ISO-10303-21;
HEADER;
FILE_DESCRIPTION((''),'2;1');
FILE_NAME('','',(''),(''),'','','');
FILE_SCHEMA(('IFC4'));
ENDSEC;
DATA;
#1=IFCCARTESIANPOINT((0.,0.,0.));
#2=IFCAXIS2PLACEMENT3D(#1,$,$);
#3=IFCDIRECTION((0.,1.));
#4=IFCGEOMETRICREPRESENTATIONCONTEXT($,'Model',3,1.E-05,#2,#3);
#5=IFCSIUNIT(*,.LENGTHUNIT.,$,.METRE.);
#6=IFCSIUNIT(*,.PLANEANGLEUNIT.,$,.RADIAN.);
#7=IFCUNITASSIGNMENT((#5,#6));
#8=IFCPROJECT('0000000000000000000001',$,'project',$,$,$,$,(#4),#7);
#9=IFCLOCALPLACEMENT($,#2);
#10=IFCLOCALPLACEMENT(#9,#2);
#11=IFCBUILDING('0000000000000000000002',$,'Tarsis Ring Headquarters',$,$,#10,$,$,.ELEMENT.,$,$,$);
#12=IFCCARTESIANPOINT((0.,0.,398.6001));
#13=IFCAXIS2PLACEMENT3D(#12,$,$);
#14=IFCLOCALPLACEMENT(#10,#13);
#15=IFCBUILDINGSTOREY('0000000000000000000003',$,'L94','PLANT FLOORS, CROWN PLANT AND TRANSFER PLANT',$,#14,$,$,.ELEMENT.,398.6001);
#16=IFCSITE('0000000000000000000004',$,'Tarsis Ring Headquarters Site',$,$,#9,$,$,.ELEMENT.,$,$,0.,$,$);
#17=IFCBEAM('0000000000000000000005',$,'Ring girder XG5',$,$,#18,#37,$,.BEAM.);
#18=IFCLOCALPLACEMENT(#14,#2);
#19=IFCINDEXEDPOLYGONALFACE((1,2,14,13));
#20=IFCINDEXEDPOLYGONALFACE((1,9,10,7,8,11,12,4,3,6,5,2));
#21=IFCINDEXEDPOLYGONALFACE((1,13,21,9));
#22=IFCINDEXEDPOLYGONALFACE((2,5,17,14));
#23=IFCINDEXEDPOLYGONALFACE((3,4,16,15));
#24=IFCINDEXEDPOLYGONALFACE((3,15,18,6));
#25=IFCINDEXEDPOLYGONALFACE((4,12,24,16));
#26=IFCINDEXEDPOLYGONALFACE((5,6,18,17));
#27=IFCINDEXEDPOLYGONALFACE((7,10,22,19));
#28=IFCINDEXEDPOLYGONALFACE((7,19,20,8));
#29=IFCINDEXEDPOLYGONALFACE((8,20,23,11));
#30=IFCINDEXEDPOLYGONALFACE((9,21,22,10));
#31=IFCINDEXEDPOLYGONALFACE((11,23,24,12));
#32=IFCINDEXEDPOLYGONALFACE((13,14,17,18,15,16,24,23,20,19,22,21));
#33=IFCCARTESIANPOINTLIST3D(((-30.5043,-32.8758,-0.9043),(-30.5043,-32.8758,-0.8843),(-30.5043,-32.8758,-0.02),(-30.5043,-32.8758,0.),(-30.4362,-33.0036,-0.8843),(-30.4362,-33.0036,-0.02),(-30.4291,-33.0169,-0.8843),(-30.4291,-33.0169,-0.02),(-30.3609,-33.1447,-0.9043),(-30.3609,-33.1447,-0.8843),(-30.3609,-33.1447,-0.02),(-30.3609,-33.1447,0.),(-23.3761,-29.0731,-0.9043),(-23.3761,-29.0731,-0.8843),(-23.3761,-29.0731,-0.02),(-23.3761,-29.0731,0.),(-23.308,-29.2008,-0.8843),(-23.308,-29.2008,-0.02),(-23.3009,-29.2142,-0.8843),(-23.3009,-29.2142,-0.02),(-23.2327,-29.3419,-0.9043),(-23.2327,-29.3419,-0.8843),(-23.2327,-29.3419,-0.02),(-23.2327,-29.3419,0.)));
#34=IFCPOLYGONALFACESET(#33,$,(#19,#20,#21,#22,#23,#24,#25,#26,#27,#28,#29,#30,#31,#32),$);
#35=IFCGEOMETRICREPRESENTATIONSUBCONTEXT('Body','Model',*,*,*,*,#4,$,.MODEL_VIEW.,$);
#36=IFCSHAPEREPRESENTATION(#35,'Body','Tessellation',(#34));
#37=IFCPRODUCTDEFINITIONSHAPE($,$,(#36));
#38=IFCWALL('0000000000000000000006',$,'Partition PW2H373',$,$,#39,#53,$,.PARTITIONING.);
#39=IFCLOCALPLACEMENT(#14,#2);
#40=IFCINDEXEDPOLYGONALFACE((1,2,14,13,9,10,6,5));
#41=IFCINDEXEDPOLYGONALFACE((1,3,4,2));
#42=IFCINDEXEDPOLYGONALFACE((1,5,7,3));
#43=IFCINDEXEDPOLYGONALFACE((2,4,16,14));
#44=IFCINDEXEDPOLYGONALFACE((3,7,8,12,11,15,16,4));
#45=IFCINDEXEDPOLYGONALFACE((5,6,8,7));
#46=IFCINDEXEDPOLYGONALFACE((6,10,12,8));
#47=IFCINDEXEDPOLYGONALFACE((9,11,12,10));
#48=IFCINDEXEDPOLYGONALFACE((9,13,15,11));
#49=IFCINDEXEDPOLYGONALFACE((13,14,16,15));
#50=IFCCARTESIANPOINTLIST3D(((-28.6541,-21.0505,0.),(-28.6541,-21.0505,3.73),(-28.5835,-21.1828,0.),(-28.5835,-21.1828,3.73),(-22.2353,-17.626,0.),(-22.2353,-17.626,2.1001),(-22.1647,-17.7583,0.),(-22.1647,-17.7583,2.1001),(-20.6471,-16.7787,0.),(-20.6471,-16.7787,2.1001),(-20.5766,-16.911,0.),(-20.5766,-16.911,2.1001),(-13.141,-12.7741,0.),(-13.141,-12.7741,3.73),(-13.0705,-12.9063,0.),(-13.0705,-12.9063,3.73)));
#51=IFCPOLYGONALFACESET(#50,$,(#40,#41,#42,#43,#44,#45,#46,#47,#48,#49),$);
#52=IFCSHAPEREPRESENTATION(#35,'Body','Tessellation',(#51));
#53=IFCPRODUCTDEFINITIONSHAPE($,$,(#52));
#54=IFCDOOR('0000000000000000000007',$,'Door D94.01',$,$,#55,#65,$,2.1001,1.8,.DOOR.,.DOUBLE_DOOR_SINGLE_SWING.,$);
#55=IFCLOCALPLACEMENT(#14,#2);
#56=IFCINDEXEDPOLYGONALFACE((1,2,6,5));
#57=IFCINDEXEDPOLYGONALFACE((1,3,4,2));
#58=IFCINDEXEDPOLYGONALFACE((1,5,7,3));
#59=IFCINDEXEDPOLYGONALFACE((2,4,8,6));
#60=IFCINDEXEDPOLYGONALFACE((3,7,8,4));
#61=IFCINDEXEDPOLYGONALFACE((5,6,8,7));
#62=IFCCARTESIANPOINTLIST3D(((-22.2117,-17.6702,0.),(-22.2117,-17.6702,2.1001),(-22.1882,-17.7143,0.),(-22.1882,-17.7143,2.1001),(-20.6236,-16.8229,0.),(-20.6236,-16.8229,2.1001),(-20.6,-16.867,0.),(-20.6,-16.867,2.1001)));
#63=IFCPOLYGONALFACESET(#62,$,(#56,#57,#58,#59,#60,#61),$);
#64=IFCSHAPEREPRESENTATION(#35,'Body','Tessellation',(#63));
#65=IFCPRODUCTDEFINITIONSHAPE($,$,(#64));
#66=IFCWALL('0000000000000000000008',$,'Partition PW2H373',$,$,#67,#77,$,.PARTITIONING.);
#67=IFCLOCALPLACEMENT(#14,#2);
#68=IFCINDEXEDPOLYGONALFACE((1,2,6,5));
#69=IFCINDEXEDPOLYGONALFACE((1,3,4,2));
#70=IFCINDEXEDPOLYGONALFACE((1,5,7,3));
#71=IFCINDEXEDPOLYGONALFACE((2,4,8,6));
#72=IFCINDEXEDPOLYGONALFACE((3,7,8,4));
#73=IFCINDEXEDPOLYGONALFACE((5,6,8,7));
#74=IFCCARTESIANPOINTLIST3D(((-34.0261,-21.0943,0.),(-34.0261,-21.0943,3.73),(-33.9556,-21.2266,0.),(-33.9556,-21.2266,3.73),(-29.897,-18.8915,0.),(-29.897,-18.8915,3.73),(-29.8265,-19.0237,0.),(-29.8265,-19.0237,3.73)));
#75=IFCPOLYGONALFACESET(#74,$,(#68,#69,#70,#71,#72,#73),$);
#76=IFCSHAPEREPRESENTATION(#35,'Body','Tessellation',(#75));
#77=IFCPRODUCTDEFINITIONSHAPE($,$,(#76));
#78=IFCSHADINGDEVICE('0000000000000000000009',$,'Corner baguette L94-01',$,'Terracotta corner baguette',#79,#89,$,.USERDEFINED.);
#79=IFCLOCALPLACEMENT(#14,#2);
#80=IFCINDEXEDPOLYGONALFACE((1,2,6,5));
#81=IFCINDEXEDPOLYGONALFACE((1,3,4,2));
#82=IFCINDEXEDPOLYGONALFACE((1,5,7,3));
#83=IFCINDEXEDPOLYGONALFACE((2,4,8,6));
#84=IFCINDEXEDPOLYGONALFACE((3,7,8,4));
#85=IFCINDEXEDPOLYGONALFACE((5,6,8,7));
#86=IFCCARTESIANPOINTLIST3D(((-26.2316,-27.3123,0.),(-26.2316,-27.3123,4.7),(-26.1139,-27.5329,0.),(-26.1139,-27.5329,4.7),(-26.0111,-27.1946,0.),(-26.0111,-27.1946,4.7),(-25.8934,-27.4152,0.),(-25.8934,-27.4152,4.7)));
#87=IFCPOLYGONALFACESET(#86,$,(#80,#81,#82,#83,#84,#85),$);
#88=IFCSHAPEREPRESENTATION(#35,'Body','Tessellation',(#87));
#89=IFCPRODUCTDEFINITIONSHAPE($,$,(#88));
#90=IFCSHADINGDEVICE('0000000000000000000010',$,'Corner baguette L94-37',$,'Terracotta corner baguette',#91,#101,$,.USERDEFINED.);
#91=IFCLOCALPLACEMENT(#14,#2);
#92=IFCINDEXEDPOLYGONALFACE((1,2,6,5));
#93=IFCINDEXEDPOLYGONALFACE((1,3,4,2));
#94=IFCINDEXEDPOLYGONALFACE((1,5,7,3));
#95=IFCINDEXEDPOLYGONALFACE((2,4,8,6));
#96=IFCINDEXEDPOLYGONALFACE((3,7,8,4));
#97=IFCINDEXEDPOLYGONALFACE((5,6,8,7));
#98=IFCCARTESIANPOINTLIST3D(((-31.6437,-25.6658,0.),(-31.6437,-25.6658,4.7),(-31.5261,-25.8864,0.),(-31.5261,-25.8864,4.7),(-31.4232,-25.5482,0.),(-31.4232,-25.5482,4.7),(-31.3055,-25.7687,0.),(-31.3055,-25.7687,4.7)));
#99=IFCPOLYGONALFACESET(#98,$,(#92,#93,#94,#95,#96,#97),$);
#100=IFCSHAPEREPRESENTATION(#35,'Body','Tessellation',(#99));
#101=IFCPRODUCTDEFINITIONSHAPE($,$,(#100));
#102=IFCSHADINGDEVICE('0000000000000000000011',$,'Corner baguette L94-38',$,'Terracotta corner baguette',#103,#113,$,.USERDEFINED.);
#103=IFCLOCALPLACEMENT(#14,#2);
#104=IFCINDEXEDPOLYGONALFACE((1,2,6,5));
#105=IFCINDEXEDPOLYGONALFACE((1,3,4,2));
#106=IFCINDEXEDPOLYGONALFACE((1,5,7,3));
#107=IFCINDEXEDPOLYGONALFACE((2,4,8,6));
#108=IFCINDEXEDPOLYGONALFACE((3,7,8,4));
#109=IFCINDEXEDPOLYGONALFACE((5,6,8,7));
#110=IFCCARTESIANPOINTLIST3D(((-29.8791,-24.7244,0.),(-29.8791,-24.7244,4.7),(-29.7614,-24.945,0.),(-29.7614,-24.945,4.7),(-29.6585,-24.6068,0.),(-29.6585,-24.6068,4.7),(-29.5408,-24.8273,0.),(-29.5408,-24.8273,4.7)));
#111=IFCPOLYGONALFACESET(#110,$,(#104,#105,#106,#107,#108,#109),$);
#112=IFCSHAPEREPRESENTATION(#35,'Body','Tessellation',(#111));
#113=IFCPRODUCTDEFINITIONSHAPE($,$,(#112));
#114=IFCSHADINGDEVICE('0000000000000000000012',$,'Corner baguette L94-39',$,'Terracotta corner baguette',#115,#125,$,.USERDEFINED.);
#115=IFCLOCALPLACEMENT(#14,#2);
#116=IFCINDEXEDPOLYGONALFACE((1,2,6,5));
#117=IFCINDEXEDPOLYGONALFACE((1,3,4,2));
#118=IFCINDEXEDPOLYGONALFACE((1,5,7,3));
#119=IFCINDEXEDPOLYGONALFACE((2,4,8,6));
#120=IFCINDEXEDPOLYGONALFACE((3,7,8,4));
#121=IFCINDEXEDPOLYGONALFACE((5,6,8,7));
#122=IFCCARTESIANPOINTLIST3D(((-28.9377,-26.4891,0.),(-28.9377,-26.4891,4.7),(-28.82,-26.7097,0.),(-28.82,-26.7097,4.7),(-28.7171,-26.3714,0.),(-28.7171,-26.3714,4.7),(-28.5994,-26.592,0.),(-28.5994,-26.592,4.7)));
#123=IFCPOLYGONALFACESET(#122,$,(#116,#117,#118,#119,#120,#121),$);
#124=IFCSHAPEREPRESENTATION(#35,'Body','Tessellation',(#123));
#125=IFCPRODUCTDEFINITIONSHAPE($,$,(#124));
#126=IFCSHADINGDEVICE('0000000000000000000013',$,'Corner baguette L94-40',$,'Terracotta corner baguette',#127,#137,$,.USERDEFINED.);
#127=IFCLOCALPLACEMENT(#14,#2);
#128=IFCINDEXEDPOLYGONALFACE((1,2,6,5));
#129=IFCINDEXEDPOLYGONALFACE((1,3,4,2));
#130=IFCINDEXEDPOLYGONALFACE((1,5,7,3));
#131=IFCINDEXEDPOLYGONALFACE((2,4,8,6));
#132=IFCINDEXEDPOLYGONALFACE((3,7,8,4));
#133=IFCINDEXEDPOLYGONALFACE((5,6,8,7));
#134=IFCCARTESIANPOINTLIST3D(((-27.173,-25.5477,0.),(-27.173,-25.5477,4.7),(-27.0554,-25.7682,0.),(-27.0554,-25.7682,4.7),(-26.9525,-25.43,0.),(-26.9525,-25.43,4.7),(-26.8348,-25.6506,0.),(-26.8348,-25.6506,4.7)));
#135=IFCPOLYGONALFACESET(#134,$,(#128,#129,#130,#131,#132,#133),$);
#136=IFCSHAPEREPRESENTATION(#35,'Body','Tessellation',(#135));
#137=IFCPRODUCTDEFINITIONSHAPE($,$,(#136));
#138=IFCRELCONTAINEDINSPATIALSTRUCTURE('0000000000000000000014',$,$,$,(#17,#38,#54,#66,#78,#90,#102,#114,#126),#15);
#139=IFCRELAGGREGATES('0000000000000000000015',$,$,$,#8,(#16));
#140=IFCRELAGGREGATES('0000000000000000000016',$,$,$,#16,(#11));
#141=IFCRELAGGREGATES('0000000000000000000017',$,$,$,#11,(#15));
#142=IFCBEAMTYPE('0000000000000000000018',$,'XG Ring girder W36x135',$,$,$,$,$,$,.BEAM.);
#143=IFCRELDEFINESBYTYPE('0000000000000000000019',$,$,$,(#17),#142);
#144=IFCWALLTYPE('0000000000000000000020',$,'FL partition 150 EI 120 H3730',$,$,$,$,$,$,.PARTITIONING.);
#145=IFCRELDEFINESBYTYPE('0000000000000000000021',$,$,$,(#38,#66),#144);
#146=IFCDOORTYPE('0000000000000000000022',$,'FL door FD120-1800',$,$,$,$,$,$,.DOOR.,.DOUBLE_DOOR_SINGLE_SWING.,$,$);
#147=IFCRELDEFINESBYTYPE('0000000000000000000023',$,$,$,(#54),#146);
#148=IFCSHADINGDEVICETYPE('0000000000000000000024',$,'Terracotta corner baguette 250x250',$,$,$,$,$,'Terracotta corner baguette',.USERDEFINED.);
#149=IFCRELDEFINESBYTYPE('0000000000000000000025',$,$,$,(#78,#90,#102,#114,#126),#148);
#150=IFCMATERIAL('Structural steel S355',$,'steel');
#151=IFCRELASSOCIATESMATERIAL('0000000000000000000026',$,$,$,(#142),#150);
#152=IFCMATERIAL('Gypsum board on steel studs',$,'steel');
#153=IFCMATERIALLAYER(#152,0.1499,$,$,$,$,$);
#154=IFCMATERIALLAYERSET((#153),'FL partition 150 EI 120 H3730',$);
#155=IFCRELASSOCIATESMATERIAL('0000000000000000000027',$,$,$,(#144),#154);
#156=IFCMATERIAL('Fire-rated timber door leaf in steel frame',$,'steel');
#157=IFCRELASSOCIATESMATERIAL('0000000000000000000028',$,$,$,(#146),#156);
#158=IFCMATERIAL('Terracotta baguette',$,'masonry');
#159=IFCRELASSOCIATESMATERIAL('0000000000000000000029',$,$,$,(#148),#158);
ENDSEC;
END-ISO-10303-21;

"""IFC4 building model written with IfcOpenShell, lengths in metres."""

from ifc_helpers import new_model, si_unit, direction, frame, frame_2d, origin, origin_2d, place, context, subcontext, project, spatial, rectangle, i_section, extrude, material, layer, layer_set, material_profile, profile_set, type_object, element, fill, save


model = new_model("IFC4")

# Units and contexts
model_context = context("Model", 3, precision=1e-05, world=origin(), true_north=direction((0.0, 1.0)))
body_context = subcontext(model_context, "Body", "Model", "MODEL_VIEW")
ifc_project = project(units=[si_unit("LENGTHUNIT", "METRE"), si_unit("PLANEANGLEUNIT", "RADIAN")], contexts=[model_context])

# Site, building, storey
site_placement = place(None, origin())
site = spatial("IfcSite", under=ifc_project, at=site_placement, Name="Tarsis Ring Headquarters Site", CompositionType="ELEMENT", RefElevation=0.0)
building_placement = place(site_placement, origin())
building = spatial("IfcBuilding", under=site, at=building_placement, Name="Tarsis Ring Headquarters", CompositionType="ELEMENT")
storey_placement = place(building_placement, frame((0.0, 0.0, 398.6001)))
storey = spatial("IfcBuildingStorey", under=building, at=storey_placement, Name="L94", Description="PLANT FLOORS, CROWN PLANT AND TRANSFER PLANT", CompositionType="ELEMENT", Elevation=398.6001)

# Shared definitions
ifc_material_1 = material(Name="Structural steel S355", Category="steel")

# Beam
ifc_material_profile_1 = material_profile(ifc_material_1, i_section(OverallWidth=0.3047, OverallDepth=0.9043, WebThickness=0.0151, FlangeThickness=0.02, at=origin_2d()), Name="W36x135")
ifc_profile_set_1 = profile_set([ifc_material_profile_1], Name="Structural steel S355")
beam_type = type_object("IfcBeamType", Name="XG Ring girder W36x135", PredefinedType="BEAM", material=ifc_profile_set_1)
beam_1_placement = place(storey_placement, frame((-30.4326, -33.0103, -0.4521), z_axis=(0.882299, 0.470689, 0.0), x_axis=(-0.470689, 0.882299, 0.0)))
element("IfcBeam", 1, at=beam_1_placement, inside=storey, type_object=beam_type, Name="Ring girder XG5", PredefinedType="BEAM", context=body_context, shape_type="SweptSolid", body=[
    extrude(i_section(OverallWidth=0.3047, OverallDepth=0.9043, WebThickness=0.0151, FlangeThickness=0.02, at=origin_2d()), origin(), (0.0, 0.0, 1.0), 8.0791),
])

# Wall, opening, door
ifc_material_2 = material(Name="Gypsum board on steel studs", Category="steel")
ifc_layer = layer(ifc_material_2, 0.1499)
ifc_layer_set = layer_set([ifc_layer], Name="FL partition 150 EI 120 H3730")
wall_type = type_object("IfcWallType", Name="FL partition 150 EI 120 H3730", PredefinedType="PARTITIONING", material=ifc_layer_set)
wall_1_placement = place(storey_placement, frame((-28.6189, -21.1167, 0.0), z_axis=(0.0, 0.0, 1.0), x_axis=(0.882287, 0.470712, 0.0)))
wall_1 = element("IfcWall", 2, at=wall_1_placement, inside=storey, type_object=wall_type, Name="Partition PW2H373", PredefinedType="PARTITIONING", context=body_context, shape_type="SweptSolid", body=[
    extrude(rectangle(XDim=17.5828, YDim=0.1499, at=frame_2d((8.7915, 0.0))), origin(), (0.0, 0.0, 1.0), 3.73),
])
opening_placement = place(wall_1_placement, frame((7.2754, 0.0, 0.0)))
opening = element("IfcOpeningElement", 3, at=opening_placement, cuts=wall_1, PredefinedType="OPENING", context=body_context, shape_type="SweptSolid", body=[
    extrude(rectangle(XDim=1.8, YDim=2.1001, at=frame_2d((0.8999, 1.05))), frame((0.0, 0.085, 0.0), z_axis=(0.0, -1.0, 0.0), x_axis=(1.0, 0.0, 0.0)), (0.0, 0.0, 1.0), 0.1699),
])
ifc_material_3 = material(Name="Fire-rated timber door leaf in steel frame", Category="steel")
door_type = type_object("IfcDoorType", Name="FL door FD120-1800", OperationType="DOUBLE_DOOR_SINGLE_SWING", PredefinedType="DOOR", material=ifc_material_3)
door_placement = place(opening_placement, origin())
door = element("IfcDoor", 4, at=door_placement, inside=storey, type_object=door_type, Name="Door D94.01", OperationType="DOUBLE_DOOR_SINGLE_SWING", OverallHeight=2.1001, OverallWidth=1.8, PredefinedType="DOOR", context=body_context, shape_type="SweptSolid", body=[
    extrude(rectangle(XDim=1.8, YDim=2.1001, at=frame_2d((0.8999, 1.05))), frame((0.0, 0.0249, 0.0), z_axis=(0.0, -1.0, 0.0), x_axis=(1.0, 0.0, 0.0)), (0.0, 0.0, 1.0), 0.05),
])
fill(opening, door)

# Wall
wall_2_placement = place(storey_placement, frame((-33.9907, -21.1604, 0.0), z_axis=(0.0, 0.0, 1.0), x_axis=(0.882294, 0.470699, 0.0)))
element("IfcWall", 5, at=wall_2_placement, inside=storey, type_object=wall_type, Name="Partition PW2H373", PredefinedType="PARTITIONING", context=body_context, shape_type="SweptSolid", body=[
    extrude(rectangle(XDim=4.6799, YDim=0.1499, at=frame_2d((2.3398, 0.0))), origin(), (0.0, 0.0, 1.0), 3.73),
])

# Shading devices
ifc_material_4 = material(Name="Terracotta baguette", Category="masonry")
shading_device_type_1 = type_object("IfcShadingDeviceType", Name="Terracotta corner baguette 250x250", ElementType="Terracotta corner baguette", PredefinedType="USERDEFINED", material=ifc_material_4)
for number, where, z_axis, x_axis, name in (
    (6, (-26.0625, -27.3638, 0.0), (0.0, 0.0, 1.0), (0.470704, -0.882291, 0.0), "Corner baguette L94-01"),
    (7, (-31.4746, -25.7173, 0.0), (0.0, 0.0, 1.0), (0.470704, -0.882291, 0.0), "Corner baguette L94-37"),
    (8, (-29.71, -24.7759, 0.0), (0.0, 0.0, 1.0), (0.882291, 0.470704, 0.0), "Corner baguette L94-38"),
    (9, (-28.7686, -26.5405, 0.0), (0.0, 0.0, 1.0), (0.470704, -0.882291, 0.0), "Corner baguette L94-39"),
    (10, (-27.0039, -25.5991, 0.0), (0.0, 0.0, 1.0), (0.882291, 0.470704, 0.0), "Corner baguette L94-40"),
):
    element("IfcShadingDevice", number, at=place(storey_placement, frame(where, z_axis=z_axis, x_axis=x_axis)), inside=storey, type_object=shading_device_type_1, Name=name, ObjectType="Terracotta corner baguette", PredefinedType="USERDEFINED", context=body_context, shape_type="SweptSolid", body=[
        extrude(rectangle(XDim=0.25, YDim=0.25, at=origin_2d()), origin(), (0.0, 0.0, 1.0), 4.7),
    ])

save(model, "model.ifc")
